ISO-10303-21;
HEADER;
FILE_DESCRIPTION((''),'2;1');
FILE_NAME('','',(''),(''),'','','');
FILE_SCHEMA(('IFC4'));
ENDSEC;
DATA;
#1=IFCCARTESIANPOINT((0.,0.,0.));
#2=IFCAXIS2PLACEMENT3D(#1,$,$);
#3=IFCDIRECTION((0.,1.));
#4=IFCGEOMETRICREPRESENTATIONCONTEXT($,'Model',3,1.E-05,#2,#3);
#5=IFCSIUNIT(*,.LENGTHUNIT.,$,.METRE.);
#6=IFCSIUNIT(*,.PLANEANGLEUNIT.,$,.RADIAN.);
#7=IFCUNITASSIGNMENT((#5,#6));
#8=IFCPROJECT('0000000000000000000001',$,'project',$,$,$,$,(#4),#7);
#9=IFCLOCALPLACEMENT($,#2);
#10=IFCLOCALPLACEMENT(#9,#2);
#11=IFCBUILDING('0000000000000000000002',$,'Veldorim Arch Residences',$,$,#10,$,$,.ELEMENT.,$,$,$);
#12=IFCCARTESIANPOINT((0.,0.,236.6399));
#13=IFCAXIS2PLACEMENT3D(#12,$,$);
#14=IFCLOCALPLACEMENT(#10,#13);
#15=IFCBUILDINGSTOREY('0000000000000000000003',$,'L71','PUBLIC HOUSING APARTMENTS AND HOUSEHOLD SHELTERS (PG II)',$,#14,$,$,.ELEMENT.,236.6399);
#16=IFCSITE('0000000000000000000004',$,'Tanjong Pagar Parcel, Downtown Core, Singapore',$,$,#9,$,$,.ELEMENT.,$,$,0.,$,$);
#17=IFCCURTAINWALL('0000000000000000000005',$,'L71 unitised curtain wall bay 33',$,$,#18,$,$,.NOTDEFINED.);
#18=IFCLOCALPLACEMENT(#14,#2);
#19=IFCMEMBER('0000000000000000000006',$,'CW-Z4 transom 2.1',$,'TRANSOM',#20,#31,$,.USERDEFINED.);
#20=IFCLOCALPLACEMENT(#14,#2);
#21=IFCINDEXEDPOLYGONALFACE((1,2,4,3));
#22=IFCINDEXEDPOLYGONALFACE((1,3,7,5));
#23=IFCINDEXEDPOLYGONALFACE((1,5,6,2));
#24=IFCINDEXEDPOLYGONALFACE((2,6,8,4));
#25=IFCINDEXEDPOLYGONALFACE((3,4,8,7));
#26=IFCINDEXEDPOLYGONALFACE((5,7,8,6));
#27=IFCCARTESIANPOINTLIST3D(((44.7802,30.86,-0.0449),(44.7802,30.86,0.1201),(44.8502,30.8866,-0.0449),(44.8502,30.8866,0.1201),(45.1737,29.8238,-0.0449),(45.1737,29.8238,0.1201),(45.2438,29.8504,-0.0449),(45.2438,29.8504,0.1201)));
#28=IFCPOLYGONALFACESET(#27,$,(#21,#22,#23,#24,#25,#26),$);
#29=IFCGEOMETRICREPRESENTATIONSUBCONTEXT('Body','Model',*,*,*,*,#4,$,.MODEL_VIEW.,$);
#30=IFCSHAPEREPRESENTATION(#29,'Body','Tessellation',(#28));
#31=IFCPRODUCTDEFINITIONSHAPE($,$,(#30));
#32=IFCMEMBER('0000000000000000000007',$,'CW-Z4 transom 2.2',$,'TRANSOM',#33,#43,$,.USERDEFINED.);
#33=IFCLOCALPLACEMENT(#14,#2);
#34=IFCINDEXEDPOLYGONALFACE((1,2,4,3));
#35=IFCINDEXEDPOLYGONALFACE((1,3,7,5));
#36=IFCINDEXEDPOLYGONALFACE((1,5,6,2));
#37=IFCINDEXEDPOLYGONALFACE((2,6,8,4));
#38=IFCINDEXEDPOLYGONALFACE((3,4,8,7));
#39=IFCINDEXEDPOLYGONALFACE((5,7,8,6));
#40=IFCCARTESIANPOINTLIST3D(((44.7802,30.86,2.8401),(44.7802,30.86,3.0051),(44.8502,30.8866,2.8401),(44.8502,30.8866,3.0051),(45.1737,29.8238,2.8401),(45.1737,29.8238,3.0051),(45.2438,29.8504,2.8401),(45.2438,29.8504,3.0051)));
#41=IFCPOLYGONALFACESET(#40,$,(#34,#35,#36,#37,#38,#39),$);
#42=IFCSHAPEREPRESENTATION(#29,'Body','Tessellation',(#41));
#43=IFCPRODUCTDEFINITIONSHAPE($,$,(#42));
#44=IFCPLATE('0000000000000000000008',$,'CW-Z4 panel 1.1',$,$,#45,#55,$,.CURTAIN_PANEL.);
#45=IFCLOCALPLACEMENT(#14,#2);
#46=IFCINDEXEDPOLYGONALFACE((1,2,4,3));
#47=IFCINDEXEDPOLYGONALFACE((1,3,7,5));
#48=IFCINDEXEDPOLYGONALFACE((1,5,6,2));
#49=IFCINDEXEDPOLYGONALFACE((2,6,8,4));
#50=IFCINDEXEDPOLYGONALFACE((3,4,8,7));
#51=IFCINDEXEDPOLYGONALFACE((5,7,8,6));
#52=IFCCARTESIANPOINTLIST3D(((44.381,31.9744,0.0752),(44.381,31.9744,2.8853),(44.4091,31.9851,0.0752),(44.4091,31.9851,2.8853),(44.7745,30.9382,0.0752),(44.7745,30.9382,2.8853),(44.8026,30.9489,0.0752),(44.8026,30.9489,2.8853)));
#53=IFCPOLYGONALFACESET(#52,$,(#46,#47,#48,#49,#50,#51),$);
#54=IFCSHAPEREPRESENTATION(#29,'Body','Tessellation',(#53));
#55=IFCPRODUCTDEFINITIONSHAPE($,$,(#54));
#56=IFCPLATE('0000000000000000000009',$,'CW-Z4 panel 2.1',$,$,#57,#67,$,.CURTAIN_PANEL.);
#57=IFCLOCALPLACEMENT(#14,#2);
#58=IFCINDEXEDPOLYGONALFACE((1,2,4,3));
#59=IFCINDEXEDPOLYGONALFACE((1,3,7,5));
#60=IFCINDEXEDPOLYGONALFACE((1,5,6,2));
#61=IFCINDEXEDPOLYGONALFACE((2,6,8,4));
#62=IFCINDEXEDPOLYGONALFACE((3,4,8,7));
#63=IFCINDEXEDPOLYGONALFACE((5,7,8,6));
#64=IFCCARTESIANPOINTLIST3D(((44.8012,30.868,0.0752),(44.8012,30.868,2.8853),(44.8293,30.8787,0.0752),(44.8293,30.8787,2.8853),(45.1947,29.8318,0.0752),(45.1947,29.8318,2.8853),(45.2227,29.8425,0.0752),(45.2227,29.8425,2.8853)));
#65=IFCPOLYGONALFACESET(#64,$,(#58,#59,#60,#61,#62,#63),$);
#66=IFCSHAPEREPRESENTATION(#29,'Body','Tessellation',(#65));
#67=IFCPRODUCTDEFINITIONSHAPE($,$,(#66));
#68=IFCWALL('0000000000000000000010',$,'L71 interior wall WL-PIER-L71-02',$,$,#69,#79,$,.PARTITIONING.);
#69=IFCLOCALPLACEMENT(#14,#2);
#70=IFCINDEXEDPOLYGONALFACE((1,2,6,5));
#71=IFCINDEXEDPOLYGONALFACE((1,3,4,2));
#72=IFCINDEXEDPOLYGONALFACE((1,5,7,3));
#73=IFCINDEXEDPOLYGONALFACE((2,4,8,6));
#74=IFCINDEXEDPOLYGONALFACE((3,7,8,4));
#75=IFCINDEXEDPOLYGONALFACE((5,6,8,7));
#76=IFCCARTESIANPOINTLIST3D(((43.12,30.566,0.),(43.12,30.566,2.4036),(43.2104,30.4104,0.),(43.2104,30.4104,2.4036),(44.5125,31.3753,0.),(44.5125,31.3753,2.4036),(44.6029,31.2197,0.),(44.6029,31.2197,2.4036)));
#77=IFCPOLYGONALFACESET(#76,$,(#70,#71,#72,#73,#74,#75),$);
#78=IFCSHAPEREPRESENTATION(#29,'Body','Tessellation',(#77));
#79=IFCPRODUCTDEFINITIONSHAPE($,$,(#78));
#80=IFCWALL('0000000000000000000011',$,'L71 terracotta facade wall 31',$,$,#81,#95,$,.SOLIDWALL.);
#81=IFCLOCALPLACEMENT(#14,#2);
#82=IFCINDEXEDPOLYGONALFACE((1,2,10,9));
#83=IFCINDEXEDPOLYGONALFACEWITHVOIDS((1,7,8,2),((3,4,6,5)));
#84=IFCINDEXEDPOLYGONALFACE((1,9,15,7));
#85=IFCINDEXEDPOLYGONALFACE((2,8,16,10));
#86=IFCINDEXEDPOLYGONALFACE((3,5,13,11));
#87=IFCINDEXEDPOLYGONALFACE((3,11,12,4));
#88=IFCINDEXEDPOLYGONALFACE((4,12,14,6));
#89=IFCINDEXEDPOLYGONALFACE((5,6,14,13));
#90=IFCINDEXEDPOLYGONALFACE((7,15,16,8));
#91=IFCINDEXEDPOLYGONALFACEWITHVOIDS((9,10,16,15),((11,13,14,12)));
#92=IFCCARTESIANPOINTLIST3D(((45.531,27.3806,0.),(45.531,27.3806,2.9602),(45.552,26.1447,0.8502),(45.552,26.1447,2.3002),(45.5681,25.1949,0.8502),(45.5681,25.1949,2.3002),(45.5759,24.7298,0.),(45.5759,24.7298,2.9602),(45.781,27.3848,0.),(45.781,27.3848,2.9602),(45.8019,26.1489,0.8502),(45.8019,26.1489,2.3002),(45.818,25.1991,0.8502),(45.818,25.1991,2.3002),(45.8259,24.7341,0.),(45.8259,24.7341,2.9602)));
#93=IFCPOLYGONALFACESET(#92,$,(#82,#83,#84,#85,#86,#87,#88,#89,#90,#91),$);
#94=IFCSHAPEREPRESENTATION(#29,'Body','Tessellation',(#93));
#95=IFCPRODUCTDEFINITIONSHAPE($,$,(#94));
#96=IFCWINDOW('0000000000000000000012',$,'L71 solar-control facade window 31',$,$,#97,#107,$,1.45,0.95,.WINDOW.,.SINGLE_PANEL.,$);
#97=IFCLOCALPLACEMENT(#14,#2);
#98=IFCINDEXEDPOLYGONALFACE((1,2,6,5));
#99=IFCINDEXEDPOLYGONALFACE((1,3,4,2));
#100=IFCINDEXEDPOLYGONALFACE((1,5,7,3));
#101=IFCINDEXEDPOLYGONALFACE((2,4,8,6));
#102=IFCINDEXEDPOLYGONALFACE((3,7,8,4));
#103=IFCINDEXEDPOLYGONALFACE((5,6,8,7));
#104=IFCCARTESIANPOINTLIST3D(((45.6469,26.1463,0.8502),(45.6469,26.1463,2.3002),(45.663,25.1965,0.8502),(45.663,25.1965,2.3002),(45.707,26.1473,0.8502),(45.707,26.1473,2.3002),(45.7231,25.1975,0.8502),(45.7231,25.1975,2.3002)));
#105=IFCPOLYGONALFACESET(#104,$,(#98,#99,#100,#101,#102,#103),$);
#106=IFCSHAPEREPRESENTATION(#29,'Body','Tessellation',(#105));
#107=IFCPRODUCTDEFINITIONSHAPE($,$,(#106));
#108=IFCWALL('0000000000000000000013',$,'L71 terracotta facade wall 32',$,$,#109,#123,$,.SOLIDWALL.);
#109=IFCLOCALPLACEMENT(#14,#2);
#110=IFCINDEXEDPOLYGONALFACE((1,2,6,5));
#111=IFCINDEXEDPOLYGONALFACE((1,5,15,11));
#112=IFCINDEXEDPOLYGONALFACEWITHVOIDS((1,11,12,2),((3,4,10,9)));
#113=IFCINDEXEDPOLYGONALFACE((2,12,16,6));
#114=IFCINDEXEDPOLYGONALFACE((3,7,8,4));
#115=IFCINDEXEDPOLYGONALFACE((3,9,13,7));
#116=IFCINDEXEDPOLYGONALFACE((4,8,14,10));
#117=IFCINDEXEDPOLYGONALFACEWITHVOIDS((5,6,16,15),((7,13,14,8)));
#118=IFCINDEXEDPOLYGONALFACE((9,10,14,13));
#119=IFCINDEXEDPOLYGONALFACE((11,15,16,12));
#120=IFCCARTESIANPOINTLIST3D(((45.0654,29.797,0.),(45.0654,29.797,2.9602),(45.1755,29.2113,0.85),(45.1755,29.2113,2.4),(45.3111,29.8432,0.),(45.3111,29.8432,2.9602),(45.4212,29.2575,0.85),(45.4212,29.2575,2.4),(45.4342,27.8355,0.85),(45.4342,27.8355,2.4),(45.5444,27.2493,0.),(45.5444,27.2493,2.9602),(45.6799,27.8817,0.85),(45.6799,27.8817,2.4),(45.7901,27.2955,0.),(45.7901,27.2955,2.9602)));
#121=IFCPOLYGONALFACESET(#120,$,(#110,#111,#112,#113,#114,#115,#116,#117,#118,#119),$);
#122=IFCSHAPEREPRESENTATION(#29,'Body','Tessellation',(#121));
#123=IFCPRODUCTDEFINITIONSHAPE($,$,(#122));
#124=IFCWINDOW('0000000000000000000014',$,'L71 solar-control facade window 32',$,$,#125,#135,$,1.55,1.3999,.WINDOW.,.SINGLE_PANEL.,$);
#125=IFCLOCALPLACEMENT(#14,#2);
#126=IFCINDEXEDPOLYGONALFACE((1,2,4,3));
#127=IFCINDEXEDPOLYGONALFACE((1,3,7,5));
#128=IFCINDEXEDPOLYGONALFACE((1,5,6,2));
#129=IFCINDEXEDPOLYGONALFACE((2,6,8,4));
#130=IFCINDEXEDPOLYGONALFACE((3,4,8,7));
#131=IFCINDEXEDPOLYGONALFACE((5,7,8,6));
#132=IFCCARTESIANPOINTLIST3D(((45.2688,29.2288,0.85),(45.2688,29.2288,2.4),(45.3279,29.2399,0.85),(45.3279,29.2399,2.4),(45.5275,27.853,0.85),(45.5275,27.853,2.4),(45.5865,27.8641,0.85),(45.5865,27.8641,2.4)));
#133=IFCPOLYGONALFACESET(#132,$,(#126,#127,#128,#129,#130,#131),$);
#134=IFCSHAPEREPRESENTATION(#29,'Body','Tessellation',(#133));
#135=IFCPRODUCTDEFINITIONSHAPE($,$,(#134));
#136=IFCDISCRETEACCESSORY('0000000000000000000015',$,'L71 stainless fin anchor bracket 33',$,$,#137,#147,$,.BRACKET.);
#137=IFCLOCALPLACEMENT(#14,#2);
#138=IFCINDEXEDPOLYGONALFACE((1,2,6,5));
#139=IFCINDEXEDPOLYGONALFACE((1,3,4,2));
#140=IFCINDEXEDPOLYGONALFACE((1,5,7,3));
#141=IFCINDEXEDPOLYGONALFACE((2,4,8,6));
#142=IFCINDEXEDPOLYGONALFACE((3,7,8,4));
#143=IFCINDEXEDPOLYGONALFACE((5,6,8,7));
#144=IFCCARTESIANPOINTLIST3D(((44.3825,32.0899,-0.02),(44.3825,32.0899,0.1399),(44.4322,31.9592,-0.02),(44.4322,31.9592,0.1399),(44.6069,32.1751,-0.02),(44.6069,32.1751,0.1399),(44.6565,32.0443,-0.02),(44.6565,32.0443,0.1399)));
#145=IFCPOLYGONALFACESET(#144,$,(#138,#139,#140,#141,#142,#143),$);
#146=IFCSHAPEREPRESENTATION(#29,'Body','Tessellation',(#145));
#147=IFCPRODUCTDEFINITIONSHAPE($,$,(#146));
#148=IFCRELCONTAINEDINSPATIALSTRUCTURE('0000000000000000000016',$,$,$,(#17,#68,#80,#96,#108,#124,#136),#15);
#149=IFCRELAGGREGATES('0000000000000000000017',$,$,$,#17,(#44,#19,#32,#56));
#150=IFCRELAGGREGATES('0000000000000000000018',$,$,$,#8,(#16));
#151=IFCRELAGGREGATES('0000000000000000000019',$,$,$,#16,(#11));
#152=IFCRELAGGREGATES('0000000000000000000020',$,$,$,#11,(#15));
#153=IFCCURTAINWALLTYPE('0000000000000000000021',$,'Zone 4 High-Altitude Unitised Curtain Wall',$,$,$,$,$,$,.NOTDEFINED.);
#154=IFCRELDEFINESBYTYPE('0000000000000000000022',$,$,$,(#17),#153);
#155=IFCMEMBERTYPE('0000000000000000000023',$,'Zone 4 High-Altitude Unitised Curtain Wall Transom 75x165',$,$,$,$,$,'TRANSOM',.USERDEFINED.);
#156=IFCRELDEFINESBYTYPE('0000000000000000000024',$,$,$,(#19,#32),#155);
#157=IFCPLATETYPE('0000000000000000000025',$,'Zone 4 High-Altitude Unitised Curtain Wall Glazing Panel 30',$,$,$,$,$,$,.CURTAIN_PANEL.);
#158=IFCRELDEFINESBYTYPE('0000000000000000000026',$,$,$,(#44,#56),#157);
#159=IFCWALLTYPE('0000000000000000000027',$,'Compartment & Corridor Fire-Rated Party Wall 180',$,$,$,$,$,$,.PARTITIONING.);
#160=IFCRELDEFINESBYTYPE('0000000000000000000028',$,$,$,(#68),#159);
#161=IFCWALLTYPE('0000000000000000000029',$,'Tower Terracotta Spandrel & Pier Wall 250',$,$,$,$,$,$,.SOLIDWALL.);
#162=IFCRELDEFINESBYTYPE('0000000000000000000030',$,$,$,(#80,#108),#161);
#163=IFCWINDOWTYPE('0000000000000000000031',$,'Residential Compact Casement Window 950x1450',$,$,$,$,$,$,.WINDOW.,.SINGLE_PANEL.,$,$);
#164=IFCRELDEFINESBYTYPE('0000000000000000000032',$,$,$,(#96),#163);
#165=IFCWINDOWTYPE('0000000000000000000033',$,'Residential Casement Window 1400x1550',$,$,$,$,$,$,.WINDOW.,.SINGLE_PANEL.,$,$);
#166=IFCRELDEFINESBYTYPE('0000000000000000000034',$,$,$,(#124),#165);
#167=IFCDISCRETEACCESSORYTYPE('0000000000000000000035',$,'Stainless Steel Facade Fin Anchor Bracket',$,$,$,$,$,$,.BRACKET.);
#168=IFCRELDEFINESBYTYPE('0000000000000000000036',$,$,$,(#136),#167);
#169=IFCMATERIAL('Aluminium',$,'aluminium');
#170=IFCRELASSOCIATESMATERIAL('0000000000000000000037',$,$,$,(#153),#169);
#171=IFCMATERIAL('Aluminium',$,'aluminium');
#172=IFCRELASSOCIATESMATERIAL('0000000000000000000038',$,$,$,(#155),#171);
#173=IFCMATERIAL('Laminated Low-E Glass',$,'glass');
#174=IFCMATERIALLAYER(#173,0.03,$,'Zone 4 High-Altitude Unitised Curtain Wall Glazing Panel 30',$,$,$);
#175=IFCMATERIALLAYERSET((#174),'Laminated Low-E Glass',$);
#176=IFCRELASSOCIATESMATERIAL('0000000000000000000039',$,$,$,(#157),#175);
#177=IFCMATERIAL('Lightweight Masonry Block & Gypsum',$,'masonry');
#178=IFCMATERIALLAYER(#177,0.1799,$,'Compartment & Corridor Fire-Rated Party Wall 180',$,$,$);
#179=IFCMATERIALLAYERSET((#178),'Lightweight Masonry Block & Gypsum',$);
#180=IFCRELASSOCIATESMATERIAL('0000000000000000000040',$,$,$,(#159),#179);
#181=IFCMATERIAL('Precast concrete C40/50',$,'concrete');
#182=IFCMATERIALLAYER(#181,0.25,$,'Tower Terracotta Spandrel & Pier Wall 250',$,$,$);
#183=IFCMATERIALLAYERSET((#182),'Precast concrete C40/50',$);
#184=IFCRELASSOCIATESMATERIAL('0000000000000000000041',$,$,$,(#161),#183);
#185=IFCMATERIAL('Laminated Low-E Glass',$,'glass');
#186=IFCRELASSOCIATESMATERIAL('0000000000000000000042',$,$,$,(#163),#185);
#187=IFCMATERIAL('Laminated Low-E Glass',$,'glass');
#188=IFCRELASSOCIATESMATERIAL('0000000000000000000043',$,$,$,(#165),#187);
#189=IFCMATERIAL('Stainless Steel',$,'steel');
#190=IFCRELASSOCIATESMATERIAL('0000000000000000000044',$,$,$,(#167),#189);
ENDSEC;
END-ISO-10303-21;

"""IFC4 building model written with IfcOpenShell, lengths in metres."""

from ifc_helpers import new_model, si_unit, direction, frame, frame_2d, origin, origin_2d, place, context, subcontext, project, spatial, rectangle, extrude, material, layer, layer_set, material_profile, profile_set, type_object, element, fill, aggregate, save


model = new_model("IFC4")

# Units and contexts
model_context = context("Model", 3, precision=1e-05, world=origin(), true_north=direction((0.0, 1.0)))
body_context = subcontext(model_context, "Body", "Model", "MODEL_VIEW")
ifc_project = project(units=[si_unit("LENGTHUNIT", "METRE"), si_unit("PLANEANGLEUNIT", "RADIAN")], contexts=[model_context])

# Site, building, storey
site_placement = place(None, origin())
site = spatial("IfcSite", under=ifc_project, at=site_placement, Name="Tanjong Pagar Parcel, Downtown Core, Singapore", CompositionType="ELEMENT", RefElevation=0.0)
building_placement = place(site_placement, origin())
building = spatial("IfcBuilding", under=site, at=building_placement, Name="Veldorim Arch Residences", CompositionType="ELEMENT")
storey_placement = place(building_placement, frame((0.0, 0.0, 236.6399)))
storey = spatial("IfcBuildingStorey", under=building, at=storey_placement, Name="L71", Description="PUBLIC HOUSING APARTMENTS AND HOUSEHOLD SHELTERS (PG II)", CompositionType="ELEMENT", Elevation=236.6399)

# Curtain wall, members, plates
ifc_material_1 = material(Name="Aluminium", Category="aluminium")
curtain_wall_type = type_object("IfcCurtainWallType", Name="Zone 4 High-Altitude Unitised Curtain Wall", PredefinedType="NOTDEFINED", material=ifc_material_1)
curtain_wall_placement = place(storey_placement, origin())
curtain_wall = element("IfcCurtainWall", 1, at=curtain_wall_placement, inside=storey, type_object=curtain_wall_type, Name="L71 unitised curtain wall bay 33", PredefinedType="NOTDEFINED")
ifc_material_2 = material(Name="Aluminium", Category="aluminium")
ifc_material_profile_1 = material_profile(ifc_material_2, rectangle(XDim=0.075, YDim=0.165, at=origin_2d()), Name="ALU_TRN_75x165")
ifc_profile_set_1 = profile_set([ifc_material_profile_1], Name="Aluminium")
member_type_1 = type_object("IfcMemberType", Name="Zone 4 High-Altitude Unitised Curtain Wall Transom 75x165", ElementType="TRANSOM", PredefinedType="USERDEFINED", material=ifc_profile_set_1)
member_1_placement = place(storey_placement, frame((44.8152, 30.8733, 0.0376), z_axis=(0.355079, -0.934836, 0.0), x_axis=(0.934836, 0.355079, 0.0)))
member_1 = element("IfcMember", 2, at=member_1_placement, type_object=member_type_1, Name="CW-Z4 transom 2.1", ObjectType="TRANSOM", PredefinedType="USERDEFINED", context=body_context, shape_type="SweptSolid", body=[
    extrude(rectangle(XDim=0.075, YDim=0.165, at=origin_2d()), origin(), (0.0, 0.0, 1.0), 1.1084),
])
member_2_placement = place(storey_placement, frame((44.8152, 30.8733, 2.9226), z_axis=(0.355079, -0.934836, 0.0), x_axis=(0.934836, 0.355079, 0.0)))
member_2 = element("IfcMember", 3, at=member_2_placement, type_object=member_type_1, Name="CW-Z4 transom 2.2", ObjectType="TRANSOM", PredefinedType="USERDEFINED", context=body_context, shape_type="SweptSolid", body=[
    extrude(rectangle(XDim=0.075, YDim=0.165, at=origin_2d()), origin(), (0.0, 0.0, 1.0), 1.1084),
])
ifc_material_3 = material(Name="Laminated Low-E Glass", Category="glass")
ifc_layer_1 = layer(ifc_material_3, 0.03, Name="Zone 4 High-Altitude Unitised Curtain Wall Glazing Panel 30")
ifc_layer_set_1 = layer_set([ifc_layer_1], Name="Laminated Low-E Glass")
plate_type = type_object("IfcPlateType", Name="Zone 4 High-Altitude Unitised Curtain Wall Glazing Panel 30", PredefinedType="CURTAIN_PANEL", material=ifc_layer_set_1)
plate_1_placement = place(storey_placement, frame((44.5918, 31.4617, 0.0752), z_axis=(0.0, 0.0, 1.0), x_axis=(0.355002, -0.934865, 0.0)))
plate_1 = element("IfcPlate", 4, at=plate_1_placement, type_object=plate_type, Name="CW-Z4 panel 1.1", PredefinedType="CURTAIN_PANEL", context=body_context, shape_type="SweptSolid", body=[
    extrude(rectangle(XDim=1.1084, YDim=0.03, at=origin_2d()), origin(), (0.0, 0.0, 1.0), 2.8101),
])
plate_2_placement = place(storey_placement, frame((45.012, 30.3552, 0.0752), z_axis=(0.0, 0.0, 1.0), x_axis=(0.355002, -0.934865, 0.0)))
plate_2 = element("IfcPlate", 5, at=plate_2_placement, type_object=plate_type, Name="CW-Z4 panel 2.1", PredefinedType="CURTAIN_PANEL", context=body_context, shape_type="SweptSolid", body=[
    extrude(rectangle(XDim=1.1084, YDim=0.03, at=origin_2d()), origin(), (0.0, 0.0, 1.0), 2.8101),
])
aggregate(curtain_wall, [plate_1, member_1, member_2, plate_2])

# Wall
ifc_material_4 = material(Name="Lightweight Masonry Block & Gypsum", Category="masonry")
ifc_layer_2 = layer(ifc_material_4, 0.1799, Name="Compartment & Corridor Fire-Rated Party Wall 180")
ifc_layer_set_2 = layer_set([ifc_layer_2], Name="Lightweight Masonry Block & Gypsum")
wall_type_1 = type_object("IfcWallType", Name="Compartment & Corridor Fire-Rated Party Wall 180", PredefinedType="PARTITIONING", material=ifc_layer_set_2)
wall_1_placement = place(storey_placement, frame((43.1653, 30.4883, 0.0), z_axis=(0.0, 0.0, 1.0), x_axis=(0.864591, 0.502476, 0.0)))
element("IfcWall", 6, at=wall_1_placement, inside=storey, type_object=wall_type_1, Name="L71 interior wall WL-PIER-L71-02", PredefinedType="PARTITIONING", context=body_context, shape_type="SweptSolid", body=[
    extrude(rectangle(XDim=1.6106, YDim=0.1799, at=frame_2d((0.8052, 0.0))), origin(), (0.0, 0.0, 1.0), 2.4036),
])

# Walls, openings, windows
ifc_material_5 = material(Name="Precast concrete C40/50", Category="concrete")
ifc_layer_3 = layer(ifc_material_5, 0.25, Name="Tower Terracotta Spandrel & Pier Wall 250")
ifc_layer_set_3 = layer_set([ifc_layer_3], Name="Precast concrete C40/50")
wall_type_2 = type_object("IfcWallType", Name="Tower Terracotta Spandrel & Pier Wall 250", PredefinedType="SOLIDWALL", material=ifc_layer_set_3)
wall_2_placement = place(storey_placement, frame((45.656, 27.3828, 0.0), z_axis=(0.0, 0.0, 1.0), x_axis=(0.016945, -0.999856, 0.0)))
wall_2 = element("IfcWall", 7, at=wall_2_placement, inside=storey, type_object=wall_type_2, Name="L71 terracotta facade wall 31", PredefinedType="SOLIDWALL", context=body_context, shape_type="SweptSolid", body=[
    extrude(rectangle(XDim=2.6511, YDim=0.25, at=frame_2d((1.3257, 0.0))), origin(), (0.0, 0.0, 1.0), 2.9602),
])
opening_1_placement = place(wall_2_placement, frame((1.2361, 0.0, 0.8501)))
opening_1 = element("IfcOpeningElement", 8, at=opening_1_placement, cuts=wall_2, PredefinedType="OPENING", context=body_context, shape_type="SweptSolid", body=[
    extrude(rectangle(XDim=0.95, YDim=1.45, at=frame_2d((0.4751, 0.7251))), frame((0.0, 0.135, 0.0), z_axis=(0.0, -1.0, 0.0), x_axis=(1.0, 0.0, 0.0)), (0.0, 0.0, 1.0), 0.27),
])
ifc_material_6 = material(Name="Laminated Low-E Glass", Category="glass")
window_type_1 = type_object("IfcWindowType", Name="Residential Compact Casement Window 950x1450", PartitioningType="SINGLE_PANEL", PredefinedType="WINDOW", material=ifc_material_6)
window_1_placement = place(opening_1_placement, origin())
window_1 = element("IfcWindow", 9, at=window_1_placement, inside=storey, type_object=window_type_1, Name="L71 solar-control facade window 31", OverallHeight=1.45, OverallWidth=0.95, PartitioningType="SINGLE_PANEL", PredefinedType="WINDOW", context=body_context, shape_type="SweptSolid", body=[
    extrude(rectangle(XDim=0.95, YDim=1.45, at=frame_2d((0.4751, 0.7251))), frame((0.0, 0.03, 0.0), z_axis=(0.0, -1.0, 0.0), x_axis=(1.0, 0.0, 0.0)), (0.0, 0.0, 1.0), 0.0601),
])
fill(opening_1, window_1)
wall_3_placement = place(storey_placement, frame((45.1882, 29.8201, 0.0), z_axis=(0.0, 0.0, 1.0), x_axis=(0.184783, -0.982779, 0.0)))
wall_3 = element("IfcWall", 10, at=wall_3_placement, inside=storey, type_object=wall_type_2, Name="L71 terracotta facade wall 32", PredefinedType="SOLIDWALL", context=body_context, shape_type="SweptSolid", body=[
    extrude(rectangle(XDim=2.5923, YDim=0.25, at=frame_2d((1.2961, 0.0))), origin(), (0.0, 0.0, 1.0), 2.9602),
])
opening_2_placement = place(wall_3_placement, frame((0.5959, 0.0, 0.8501)))
opening_2 = element("IfcOpeningElement", 11, at=opening_2_placement, cuts=wall_3, PredefinedType="OPENING", context=body_context, shape_type="SweptSolid", body=[
    extrude(rectangle(XDim=1.3999, YDim=1.55, at=frame_2d((0.7, 0.7749))), frame((0.0, 0.135, 0.0), z_axis=(0.0, -1.0, 0.0), x_axis=(1.0, 0.0, 0.0)), (0.0, 0.0, 1.0), 0.27),
])
ifc_material_7 = material(Name="Laminated Low-E Glass", Category="glass")
window_type_2 = type_object("IfcWindowType", Name="Residential Casement Window 1400x1550", PartitioningType="SINGLE_PANEL", PredefinedType="WINDOW", material=ifc_material_7)
window_2_placement = place(opening_2_placement, origin())
window_2 = element("IfcWindow", 12, at=window_2_placement, inside=storey, type_object=window_type_2, Name="L71 solar-control facade window 32", OverallHeight=1.55, OverallWidth=1.3999, PartitioningType="SINGLE_PANEL", PredefinedType="WINDOW", context=body_context, shape_type="SweptSolid", body=[
    extrude(rectangle(XDim=1.3999, YDim=1.55, at=frame_2d((0.7, 0.7749))), frame((0.0, 0.03, 0.0), z_axis=(0.0, -1.0, 0.0), x_axis=(1.0, 0.0, 0.0)), (0.0, 0.0, 1.0), 0.0601),
])
fill(opening_2, window_2)

# Discrete accessory
ifc_material_8 = material(Name="Stainless Steel", Category="steel")
discrete_accessory_type = type_object("IfcDiscreteAccessoryType", Name="Stainless Steel Facade Fin Anchor Bracket", PredefinedType="BRACKET", material=ifc_material_8)
discrete_accessory_placement = place(storey_placement, frame((44.5195, 32.0671, -0.02), z_axis=(0.0, 0.0, 1.0), x_axis=(0.354944, -0.934888, 0.0)))
element("IfcDiscreteAccessory", 13, at=discrete_accessory_placement, inside=storey, type_object=discrete_accessory_type, Name="L71 stainless fin anchor bracket 33", PredefinedType="BRACKET", context=body_context, shape_type="SweptSolid", body=[
    extrude(rectangle(XDim=0.1399, YDim=0.24, at=origin_2d()), origin(), (0.0, 0.0, 1.0), 0.1599),
])

save(model, "model.ifc")
